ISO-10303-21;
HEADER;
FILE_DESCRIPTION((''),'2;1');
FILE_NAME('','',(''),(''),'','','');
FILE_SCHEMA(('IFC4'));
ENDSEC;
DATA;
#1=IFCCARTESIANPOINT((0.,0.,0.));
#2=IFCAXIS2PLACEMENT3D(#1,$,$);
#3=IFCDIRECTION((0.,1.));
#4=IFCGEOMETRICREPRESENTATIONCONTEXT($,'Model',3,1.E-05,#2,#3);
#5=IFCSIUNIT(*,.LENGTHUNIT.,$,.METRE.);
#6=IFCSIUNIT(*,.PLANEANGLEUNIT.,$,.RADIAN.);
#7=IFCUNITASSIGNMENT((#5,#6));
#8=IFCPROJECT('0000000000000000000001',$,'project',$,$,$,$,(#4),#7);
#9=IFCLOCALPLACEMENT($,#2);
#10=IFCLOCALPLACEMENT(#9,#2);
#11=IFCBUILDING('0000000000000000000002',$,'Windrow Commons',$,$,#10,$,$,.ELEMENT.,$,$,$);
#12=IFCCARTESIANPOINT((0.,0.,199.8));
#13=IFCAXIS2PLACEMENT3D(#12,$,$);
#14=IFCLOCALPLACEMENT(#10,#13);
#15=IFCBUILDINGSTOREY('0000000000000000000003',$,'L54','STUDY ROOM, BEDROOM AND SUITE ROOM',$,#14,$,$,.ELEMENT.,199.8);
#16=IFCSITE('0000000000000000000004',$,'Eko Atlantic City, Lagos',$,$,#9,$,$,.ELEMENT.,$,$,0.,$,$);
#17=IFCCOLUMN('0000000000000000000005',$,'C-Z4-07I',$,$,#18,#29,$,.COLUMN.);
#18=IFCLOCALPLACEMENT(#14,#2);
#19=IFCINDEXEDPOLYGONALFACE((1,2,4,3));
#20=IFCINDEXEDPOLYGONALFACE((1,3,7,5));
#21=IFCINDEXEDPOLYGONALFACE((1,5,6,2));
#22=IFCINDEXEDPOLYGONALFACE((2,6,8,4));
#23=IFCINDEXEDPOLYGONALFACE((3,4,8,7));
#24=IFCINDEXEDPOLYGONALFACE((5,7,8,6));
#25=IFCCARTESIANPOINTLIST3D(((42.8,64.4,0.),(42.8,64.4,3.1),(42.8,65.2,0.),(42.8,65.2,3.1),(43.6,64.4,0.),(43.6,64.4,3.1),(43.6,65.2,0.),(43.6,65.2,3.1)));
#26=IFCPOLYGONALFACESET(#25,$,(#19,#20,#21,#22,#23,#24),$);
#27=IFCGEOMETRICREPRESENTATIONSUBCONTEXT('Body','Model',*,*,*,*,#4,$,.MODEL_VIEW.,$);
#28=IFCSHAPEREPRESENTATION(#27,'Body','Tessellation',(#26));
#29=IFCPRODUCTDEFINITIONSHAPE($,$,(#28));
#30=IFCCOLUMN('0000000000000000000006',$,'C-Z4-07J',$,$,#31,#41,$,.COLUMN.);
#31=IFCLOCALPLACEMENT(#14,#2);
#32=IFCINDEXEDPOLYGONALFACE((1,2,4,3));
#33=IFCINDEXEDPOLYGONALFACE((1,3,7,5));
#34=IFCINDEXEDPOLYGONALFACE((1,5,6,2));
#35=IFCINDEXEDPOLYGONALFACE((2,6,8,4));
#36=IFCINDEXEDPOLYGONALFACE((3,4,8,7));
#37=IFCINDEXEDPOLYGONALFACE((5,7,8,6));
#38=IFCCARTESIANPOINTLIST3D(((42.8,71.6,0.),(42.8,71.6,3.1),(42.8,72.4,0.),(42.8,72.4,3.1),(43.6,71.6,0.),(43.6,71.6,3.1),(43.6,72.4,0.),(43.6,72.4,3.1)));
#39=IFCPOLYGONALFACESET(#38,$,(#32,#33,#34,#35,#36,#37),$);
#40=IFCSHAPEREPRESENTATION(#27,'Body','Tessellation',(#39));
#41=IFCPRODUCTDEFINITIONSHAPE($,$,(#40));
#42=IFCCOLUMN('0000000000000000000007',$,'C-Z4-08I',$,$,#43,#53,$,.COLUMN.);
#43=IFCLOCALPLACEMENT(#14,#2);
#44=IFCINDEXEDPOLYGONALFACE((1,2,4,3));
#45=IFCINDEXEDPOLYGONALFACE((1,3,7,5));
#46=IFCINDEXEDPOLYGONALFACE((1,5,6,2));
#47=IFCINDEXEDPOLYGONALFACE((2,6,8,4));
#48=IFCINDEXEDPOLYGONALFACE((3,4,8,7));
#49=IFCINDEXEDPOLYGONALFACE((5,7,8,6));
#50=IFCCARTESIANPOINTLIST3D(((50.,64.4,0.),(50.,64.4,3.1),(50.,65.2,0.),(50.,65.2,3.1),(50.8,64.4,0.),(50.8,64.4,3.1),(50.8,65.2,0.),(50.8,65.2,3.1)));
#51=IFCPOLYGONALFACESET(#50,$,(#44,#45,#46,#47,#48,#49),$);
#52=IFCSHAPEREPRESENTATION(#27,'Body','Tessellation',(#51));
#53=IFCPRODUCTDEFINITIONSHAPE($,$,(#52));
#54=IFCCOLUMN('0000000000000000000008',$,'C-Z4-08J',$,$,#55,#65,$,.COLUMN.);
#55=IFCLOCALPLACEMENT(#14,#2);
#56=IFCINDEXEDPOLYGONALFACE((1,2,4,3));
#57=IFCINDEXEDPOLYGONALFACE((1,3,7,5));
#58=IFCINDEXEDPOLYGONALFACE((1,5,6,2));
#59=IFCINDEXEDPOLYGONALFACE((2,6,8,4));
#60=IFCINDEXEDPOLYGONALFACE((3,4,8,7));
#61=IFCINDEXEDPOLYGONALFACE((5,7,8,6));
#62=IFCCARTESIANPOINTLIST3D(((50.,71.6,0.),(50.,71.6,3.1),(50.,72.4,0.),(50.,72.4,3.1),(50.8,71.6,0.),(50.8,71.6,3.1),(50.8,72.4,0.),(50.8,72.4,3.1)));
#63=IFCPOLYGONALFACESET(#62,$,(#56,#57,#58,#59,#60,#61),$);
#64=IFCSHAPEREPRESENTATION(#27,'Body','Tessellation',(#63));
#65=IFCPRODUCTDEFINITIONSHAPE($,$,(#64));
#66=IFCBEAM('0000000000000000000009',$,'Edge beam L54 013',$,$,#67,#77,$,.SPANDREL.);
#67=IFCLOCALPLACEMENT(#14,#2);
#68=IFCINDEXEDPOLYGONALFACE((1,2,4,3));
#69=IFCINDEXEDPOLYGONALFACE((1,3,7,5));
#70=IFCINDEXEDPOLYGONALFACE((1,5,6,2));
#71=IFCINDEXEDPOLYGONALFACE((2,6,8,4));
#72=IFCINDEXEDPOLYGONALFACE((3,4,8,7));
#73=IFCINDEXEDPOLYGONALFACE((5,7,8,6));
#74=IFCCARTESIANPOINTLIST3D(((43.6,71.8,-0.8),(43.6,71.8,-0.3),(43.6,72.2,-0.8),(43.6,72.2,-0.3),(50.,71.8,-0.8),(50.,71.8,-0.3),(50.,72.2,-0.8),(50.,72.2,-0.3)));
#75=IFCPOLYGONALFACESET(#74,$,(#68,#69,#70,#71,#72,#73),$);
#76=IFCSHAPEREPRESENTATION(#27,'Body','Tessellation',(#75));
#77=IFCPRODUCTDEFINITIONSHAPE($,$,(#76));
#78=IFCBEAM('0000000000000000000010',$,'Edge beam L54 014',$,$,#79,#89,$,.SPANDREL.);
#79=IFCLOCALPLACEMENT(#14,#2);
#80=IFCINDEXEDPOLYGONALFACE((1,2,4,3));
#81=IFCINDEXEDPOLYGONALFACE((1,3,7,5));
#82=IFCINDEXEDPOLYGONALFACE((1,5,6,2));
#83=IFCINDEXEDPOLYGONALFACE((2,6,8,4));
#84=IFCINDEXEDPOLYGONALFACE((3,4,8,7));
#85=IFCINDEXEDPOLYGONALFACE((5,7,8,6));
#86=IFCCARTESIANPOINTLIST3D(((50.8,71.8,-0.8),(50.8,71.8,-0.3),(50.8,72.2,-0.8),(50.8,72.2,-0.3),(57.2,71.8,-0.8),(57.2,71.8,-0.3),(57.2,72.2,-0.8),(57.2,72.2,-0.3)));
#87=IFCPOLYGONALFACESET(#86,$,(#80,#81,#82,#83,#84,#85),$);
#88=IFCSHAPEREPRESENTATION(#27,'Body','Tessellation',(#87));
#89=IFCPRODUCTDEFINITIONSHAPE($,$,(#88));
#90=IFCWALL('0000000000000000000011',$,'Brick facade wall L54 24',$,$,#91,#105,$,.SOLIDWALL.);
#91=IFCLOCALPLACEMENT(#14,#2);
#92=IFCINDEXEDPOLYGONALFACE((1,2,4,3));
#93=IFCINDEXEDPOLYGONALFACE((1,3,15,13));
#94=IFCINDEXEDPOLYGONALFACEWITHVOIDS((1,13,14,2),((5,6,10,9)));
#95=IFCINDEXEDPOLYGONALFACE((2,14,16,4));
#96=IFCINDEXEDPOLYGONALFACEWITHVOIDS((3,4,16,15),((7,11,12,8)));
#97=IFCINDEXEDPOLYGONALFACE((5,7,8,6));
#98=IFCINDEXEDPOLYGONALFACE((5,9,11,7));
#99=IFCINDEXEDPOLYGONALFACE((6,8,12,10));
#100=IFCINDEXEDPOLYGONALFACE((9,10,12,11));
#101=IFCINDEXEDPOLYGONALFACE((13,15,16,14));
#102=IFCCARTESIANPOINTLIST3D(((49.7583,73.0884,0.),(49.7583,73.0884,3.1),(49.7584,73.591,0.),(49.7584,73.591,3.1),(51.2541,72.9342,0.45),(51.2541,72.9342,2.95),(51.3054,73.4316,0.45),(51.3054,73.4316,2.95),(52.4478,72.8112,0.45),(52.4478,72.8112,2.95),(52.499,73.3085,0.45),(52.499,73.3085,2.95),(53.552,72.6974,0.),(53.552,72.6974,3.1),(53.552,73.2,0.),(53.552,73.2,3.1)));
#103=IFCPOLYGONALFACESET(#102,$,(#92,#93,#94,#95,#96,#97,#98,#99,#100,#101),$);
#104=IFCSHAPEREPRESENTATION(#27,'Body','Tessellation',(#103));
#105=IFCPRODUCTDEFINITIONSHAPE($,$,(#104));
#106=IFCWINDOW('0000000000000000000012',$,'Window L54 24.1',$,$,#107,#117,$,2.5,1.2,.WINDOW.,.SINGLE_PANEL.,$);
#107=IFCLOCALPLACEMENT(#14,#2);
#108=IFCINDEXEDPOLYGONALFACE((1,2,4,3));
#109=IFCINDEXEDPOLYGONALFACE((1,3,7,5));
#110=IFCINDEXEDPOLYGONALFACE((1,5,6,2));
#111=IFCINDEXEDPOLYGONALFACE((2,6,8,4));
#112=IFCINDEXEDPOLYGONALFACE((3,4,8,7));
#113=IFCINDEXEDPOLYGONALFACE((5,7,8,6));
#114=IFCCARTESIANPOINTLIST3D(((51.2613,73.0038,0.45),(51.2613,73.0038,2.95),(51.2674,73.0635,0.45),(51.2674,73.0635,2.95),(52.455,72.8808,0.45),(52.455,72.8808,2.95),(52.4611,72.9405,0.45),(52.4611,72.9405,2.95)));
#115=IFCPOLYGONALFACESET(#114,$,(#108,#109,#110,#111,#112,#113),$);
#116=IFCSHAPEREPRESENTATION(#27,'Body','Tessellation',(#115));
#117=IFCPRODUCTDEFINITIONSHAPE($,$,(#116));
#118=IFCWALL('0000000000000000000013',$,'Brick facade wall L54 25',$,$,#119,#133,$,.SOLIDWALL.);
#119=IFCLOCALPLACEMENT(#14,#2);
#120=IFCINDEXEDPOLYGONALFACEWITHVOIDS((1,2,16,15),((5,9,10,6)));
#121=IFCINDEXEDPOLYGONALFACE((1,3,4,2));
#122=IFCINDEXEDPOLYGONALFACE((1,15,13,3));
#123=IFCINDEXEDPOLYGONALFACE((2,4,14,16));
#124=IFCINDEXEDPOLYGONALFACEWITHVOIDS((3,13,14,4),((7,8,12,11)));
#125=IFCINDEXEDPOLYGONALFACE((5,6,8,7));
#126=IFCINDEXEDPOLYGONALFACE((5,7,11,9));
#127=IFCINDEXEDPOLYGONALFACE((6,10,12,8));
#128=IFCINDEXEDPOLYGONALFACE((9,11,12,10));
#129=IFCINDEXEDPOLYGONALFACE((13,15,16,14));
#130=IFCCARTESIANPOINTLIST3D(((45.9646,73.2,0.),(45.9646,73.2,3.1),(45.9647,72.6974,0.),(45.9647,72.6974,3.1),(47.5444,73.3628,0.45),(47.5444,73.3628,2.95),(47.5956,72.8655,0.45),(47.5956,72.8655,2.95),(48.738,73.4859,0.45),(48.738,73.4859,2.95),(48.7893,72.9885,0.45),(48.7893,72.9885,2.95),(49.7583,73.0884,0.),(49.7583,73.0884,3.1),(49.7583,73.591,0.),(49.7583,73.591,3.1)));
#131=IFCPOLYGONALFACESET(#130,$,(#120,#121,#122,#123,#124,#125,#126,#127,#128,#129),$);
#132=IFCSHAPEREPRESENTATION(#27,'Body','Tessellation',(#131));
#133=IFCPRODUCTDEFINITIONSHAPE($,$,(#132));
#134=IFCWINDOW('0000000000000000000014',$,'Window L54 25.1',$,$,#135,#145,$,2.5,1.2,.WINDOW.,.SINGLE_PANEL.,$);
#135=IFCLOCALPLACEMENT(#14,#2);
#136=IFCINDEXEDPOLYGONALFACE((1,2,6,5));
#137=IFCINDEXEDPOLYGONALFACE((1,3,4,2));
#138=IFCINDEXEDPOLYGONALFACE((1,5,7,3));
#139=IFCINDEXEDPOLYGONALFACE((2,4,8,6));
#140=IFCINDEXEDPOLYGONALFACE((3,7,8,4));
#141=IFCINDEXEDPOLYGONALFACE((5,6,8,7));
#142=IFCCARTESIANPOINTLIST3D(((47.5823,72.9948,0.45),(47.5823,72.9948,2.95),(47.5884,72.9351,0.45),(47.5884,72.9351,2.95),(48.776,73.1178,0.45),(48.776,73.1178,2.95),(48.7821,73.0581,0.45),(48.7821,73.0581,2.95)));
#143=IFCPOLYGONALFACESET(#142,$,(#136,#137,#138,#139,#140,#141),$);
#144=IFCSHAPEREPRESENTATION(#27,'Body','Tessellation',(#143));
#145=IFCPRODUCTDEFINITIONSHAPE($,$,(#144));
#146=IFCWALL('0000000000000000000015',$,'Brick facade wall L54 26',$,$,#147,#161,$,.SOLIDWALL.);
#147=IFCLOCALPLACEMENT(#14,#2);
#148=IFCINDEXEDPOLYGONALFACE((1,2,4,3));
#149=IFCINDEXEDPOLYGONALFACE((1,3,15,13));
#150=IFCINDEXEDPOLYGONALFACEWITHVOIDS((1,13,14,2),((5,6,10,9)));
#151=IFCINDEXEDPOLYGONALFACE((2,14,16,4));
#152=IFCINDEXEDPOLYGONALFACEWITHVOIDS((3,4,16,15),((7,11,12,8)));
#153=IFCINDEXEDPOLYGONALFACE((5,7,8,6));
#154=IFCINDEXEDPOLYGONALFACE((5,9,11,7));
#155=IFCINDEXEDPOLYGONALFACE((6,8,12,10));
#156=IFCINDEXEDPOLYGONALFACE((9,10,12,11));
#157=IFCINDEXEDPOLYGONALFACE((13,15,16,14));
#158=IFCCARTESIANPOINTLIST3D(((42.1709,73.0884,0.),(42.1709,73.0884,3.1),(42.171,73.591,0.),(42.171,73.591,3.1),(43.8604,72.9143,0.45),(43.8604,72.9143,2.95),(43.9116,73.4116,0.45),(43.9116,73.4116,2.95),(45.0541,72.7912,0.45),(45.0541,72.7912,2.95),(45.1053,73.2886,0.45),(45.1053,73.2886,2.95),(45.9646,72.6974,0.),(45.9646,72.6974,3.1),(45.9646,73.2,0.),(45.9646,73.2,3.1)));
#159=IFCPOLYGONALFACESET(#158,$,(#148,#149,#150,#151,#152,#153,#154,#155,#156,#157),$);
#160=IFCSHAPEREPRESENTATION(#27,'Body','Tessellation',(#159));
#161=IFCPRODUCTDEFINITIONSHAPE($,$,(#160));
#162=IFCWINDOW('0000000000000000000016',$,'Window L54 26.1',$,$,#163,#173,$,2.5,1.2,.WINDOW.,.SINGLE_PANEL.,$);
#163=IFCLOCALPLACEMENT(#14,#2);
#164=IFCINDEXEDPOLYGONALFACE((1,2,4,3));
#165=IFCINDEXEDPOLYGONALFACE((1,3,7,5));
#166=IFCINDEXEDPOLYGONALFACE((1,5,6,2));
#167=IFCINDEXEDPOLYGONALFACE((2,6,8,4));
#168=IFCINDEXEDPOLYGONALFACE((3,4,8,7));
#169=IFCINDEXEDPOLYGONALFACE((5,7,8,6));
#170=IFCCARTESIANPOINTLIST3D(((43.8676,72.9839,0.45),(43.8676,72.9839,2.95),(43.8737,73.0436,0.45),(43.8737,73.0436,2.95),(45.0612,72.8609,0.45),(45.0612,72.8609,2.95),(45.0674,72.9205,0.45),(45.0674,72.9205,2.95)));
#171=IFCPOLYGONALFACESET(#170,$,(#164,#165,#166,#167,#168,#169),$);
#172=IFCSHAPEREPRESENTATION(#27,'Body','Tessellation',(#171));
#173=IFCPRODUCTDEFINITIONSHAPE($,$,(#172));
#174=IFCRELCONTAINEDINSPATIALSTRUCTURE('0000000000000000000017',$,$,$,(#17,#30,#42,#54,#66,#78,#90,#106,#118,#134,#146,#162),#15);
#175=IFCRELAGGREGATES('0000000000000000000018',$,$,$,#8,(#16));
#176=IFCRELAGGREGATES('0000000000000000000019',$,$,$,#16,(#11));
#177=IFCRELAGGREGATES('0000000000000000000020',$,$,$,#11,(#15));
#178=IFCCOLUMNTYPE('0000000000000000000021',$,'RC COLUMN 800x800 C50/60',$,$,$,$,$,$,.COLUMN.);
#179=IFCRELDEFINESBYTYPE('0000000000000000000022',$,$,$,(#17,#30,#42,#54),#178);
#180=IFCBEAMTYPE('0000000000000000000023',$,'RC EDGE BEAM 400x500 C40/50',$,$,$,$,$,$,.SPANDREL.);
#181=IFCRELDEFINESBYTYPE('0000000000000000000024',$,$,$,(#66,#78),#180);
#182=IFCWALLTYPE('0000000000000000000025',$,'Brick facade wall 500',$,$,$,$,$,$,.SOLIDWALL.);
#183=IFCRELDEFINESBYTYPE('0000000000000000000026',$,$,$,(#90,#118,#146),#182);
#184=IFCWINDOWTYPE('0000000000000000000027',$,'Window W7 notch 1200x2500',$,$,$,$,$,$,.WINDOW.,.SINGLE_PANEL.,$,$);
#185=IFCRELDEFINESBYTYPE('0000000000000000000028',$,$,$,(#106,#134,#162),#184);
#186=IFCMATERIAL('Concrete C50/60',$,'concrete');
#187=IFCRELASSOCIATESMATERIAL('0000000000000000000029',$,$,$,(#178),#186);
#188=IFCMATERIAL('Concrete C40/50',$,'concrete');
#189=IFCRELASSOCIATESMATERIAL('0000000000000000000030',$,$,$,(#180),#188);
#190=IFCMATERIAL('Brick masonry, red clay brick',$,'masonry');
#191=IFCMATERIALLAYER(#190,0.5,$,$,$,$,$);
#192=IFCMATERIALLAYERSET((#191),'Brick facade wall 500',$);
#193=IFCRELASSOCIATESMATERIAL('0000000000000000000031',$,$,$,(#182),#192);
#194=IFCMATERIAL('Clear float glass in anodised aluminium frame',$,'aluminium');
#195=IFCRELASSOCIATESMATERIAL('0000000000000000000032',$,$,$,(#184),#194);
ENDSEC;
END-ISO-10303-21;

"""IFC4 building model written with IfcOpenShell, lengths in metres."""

from ifc_helpers import new_model, si_unit, direction, frame, frame_2d, origin, origin_2d, place, context, subcontext, project, spatial, polyline, rectangle, outline, extrude, material, layer, layer_set, material_profile, profile_set, type_object, element, fill, save


model = new_model("IFC4")

# Units and contexts
model_context = context("Model", 3, precision=1e-05, world=origin(), true_north=direction((0.0, 1.0)))
body_context = subcontext(model_context, "Body", "Model", "MODEL_VIEW")
ifc_project = project(units=[si_unit("LENGTHUNIT", "METRE"), si_unit("PLANEANGLEUNIT", "RADIAN")], contexts=[model_context])

# Site, building, storey
site_placement = place(None, origin())
site = spatial("IfcSite", under=ifc_project, at=site_placement, Name="Eko Atlantic City, Lagos", CompositionType="ELEMENT", RefElevation=0.0)
building_placement = place(site_placement, origin())
building = spatial("IfcBuilding", under=site, at=building_placement, Name="Windrow Commons", CompositionType="ELEMENT")
storey_placement = place(building_placement, frame((0.0, 0.0, 199.8)))
storey = spatial("IfcBuildingStorey", under=building, at=storey_placement, Name="L54", Description="STUDY ROOM, BEDROOM AND SUITE ROOM", CompositionType="ELEMENT", Elevation=199.8)

# Columns
ifc_material_1 = material(Name="Concrete C50/60", Category="concrete")
ifc_material_profile_1 = material_profile(ifc_material_1, rectangle(XDim=0.8, YDim=0.8, at=origin_2d()))
ifc_profile_set_1 = profile_set([ifc_material_profile_1], Name="Concrete C50/60")
column_type = type_object("IfcColumnType", Name="RC COLUMN 800x800 C50/60", PredefinedType="COLUMN", material=ifc_profile_set_1)
for number, where, z_axis, x_axis, name in (
    (1, (43.2, 64.8, 0.0), (0.0, 0.0, 1.0), (1.0, 0.0, 0.0), "C-Z4-07I"),
    (2, (43.2, 72.0, 0.0), (0.0, 0.0, 1.0), (1.0, 0.0, 0.0), "C-Z4-07J"),
    (3, (50.4, 64.8, 0.0), (0.0, 0.0, 1.0), (1.0, 0.0, 0.0), "C-Z4-08I"),
    (4, (50.4, 72.0, 0.0), (0.0, 0.0, 1.0), (1.0, 0.0, 0.0), "C-Z4-08J"),
):
    element("IfcColumn", number, at=place(storey_placement, frame(where, z_axis=z_axis, x_axis=x_axis)), inside=storey, type_object=column_type, Name=name, PredefinedType="COLUMN", context=body_context, shape_type="SweptSolid", body=[
        extrude(rectangle(XDim=0.8, YDim=0.8, at=origin_2d()), origin(), (0.0, 0.0, 1.0), 3.1),
    ])

# Beams
ifc_material_2 = material(Name="Concrete C40/50", Category="concrete")
ifc_material_profile_2 = material_profile(ifc_material_2, rectangle(XDim=0.4, YDim=0.5, at=origin_2d()))
ifc_profile_set_2 = profile_set([ifc_material_profile_2], Name="Concrete C40/50")
beam_type = type_object("IfcBeamType", Name="RC EDGE BEAM 400x500 C40/50", PredefinedType="SPANDREL", material=ifc_profile_set_2)
for number, where, z_axis, x_axis, name in (
    (5, (43.6, 72.0, -0.55), (1.0, 0.0, 0.0), (0.0, 1.0, 0.0), "Edge beam L54 013"),
    (6, (50.8, 72.0, -0.55), (1.0, 0.0, 0.0), (0.0, 1.0, 0.0), "Edge beam L54 014"),
):
    element("IfcBeam", number, at=place(storey_placement, frame(where, z_axis=z_axis, x_axis=x_axis)), inside=storey, type_object=beam_type, Name=name, PredefinedType="SPANDREL", context=body_context, shape_type="SweptSolid", body=[
        extrude(rectangle(XDim=0.4, YDim=0.5, at=origin_2d()), origin(), (0.0, 0.0, 1.0), 6.4),
    ])

# Walls, openings, windows
ifc_material_3 = material(Name="Brick masonry, red clay brick", Category="masonry")
ifc_layer_1 = layer(ifc_material_3, 0.5)
ifc_layer_set_1 = layer_set([ifc_layer_1], Name="Brick facade wall 500")
wall_type_1 = type_object("IfcWallType", Name="Brick facade wall 500", PredefinedType="SOLIDWALL", material=ifc_layer_set_1)
wall_1_placement = place(storey_placement, frame((53.552, 72.9487, 0.0), z_axis=(0.0, 0.0, 1.0), x_axis=(-0.994731, 0.102523, 0.0)))
wall_1 = element("IfcWall", 7, at=wall_1_placement, inside=storey, type_object=wall_type_1, Name="Brick facade wall L54 24", PredefinedType="SOLIDWALL", context=body_context, shape_type="SweptSolid", body=[
    extrude(outline(polyline([(0.0258, -0.25), (3.8395, -0.25), (3.788, 0.25), (-0.0258, 0.25), (0.0258, -0.25)])), origin(), (0.0, 0.0, 1.0), 3.1),
])
opening_1_placement = place(wall_1_placement, frame((1.0843, 0.0, 0.45)))
opening_1 = element("IfcOpeningElement", 8, at=opening_1_placement, cuts=wall_1, PredefinedType="OPENING", context=body_context, shape_type="SweptSolid", body=[
    extrude(rectangle(XDim=1.2, YDim=2.5, at=frame_2d((0.6, 1.25))), frame((0.0, 0.26, 0.0), z_axis=(0.0, -1.0, 0.0), x_axis=(1.0, 0.0, 0.0)), (0.0, 0.0, 1.0), 0.52),
])
ifc_material_4 = material(Name="Clear float glass in anodised aluminium frame", Category="aluminium")
window_type = type_object("IfcWindowType", Name="Window W7 notch 1200x2500", PartitioningType="SINGLE_PANEL", PredefinedType="WINDOW", material=ifc_material_4)
window_1_placement = place(opening_1_placement, origin())
window_1 = element("IfcWindow", 9, at=window_1_placement, inside=storey, type_object=window_type, Name="Window L54 24.1", OverallHeight=2.5, OverallWidth=1.2, PartitioningType="SINGLE_PANEL", PredefinedType="WINDOW", context=body_context, shape_type="SweptSolid", body=[
    extrude(rectangle(XDim=1.2, YDim=2.5, at=frame_2d((0.6, 1.25))), frame((0.0, 0.18, 0.0), z_axis=(0.0, -1.0, 0.0), x_axis=(1.0, 0.0, 0.0)), (0.0, 0.0, 1.0), 0.06),
])
fill(opening_1, window_1)
wall_2_placement = place(storey_placement, frame((49.7583, 73.3397, 0.0), z_axis=(0.0, 0.0, 1.0), x_axis=(-0.994731, -0.102523, 0.0)))
wall_2 = element("IfcWall", 10, at=wall_2_placement, inside=storey, type_object=wall_type_1, Name="Brick facade wall L54 25", PredefinedType="SOLIDWALL", context=body_context, shape_type="SweptSolid", body=[
    extrude(outline(polyline([(-0.0258, -0.25), (3.788, -0.25), (3.8395, 0.25), (0.0258, 0.25), (-0.0258, -0.25)])), origin(), (0.0, 0.0, 1.0), 3.1),
])
opening_2_placement = place(wall_2_placement, frame((0.9999, 0.0, 0.45)))
opening_2 = element("IfcOpeningElement", 11, at=opening_2_placement, cuts=wall_2, PredefinedType="OPENING", context=body_context, shape_type="SweptSolid", body=[
    extrude(rectangle(XDim=1.2, YDim=2.5, at=frame_2d((0.6, 1.25))), frame((0.0, 0.26, 0.0), z_axis=(0.0, -1.0, 0.0), x_axis=(1.0, 0.0, 0.0)), (0.0, 0.0, 1.0), 0.52),
])
window_2_placement = place(opening_2_placement, origin())
window_2 = element("IfcWindow", 12, at=window_2_placement, inside=storey, type_object=window_type, Name="Window L54 25.1", OverallHeight=2.5, OverallWidth=1.2, PartitioningType="SINGLE_PANEL", PredefinedType="WINDOW", context=body_context, shape_type="SweptSolid", body=[
    extrude(rectangle(XDim=1.2, YDim=2.5, at=frame_2d((0.6, 1.25))), frame((0.0, 0.18, 0.0), z_axis=(0.0, -1.0, 0.0), x_axis=(1.0, 0.0, 0.0)), (0.0, 0.0, 1.0), 0.06),
])
fill(opening_2, window_2)
wall_3_placement = place(storey_placement, frame((45.9646, 72.9487, 0.0), z_axis=(0.0, 0.0, 1.0), x_axis=(-0.99473, 0.102525, 0.0)))
wall_3 = element("IfcWall", 13, at=wall_3_placement, inside=storey, type_object=wall_type_1, Name="Brick facade wall L54 26", PredefinedType="SOLIDWALL", context=body_context, shape_type="SweptSolid", body=[
    extrude(outline(polyline([(0.0258, -0.25), (3.8395, -0.25), (3.788, 0.25), (-0.0258, 0.25), (0.0258, -0.25)])), origin(), (0.0, 0.0, 1.0), 3.1),
])
opening_3_placement = place(wall_3_placement, frame((0.8896, 0.0, 0.45)))
opening_3 = element("IfcOpeningElement", 14, at=opening_3_placement, cuts=wall_3, PredefinedType="OPENING", context=body_context, shape_type="SweptSolid", body=[
    extrude(rectangle(XDim=1.2, YDim=2.5, at=frame_2d((0.6, 1.25))), frame((0.0, 0.26, 0.0), z_axis=(0.0, -1.0, 0.0), x_axis=(1.0, 0.0, 0.0)), (0.0, 0.0, 1.0), 0.52),
])
window_3_placement = place(opening_3_placement, origin())
window_3 = element("IfcWindow", 15, at=window_3_placement, inside=storey, type_object=window_type, Name="Window L54 26.1", OverallHeight=2.5, OverallWidth=1.2, PartitioningType="SINGLE_PANEL", PredefinedType="WINDOW", context=body_context, shape_type="SweptSolid", body=[
    extrude(rectangle(XDim=1.2, YDim=2.5, at=frame_2d((0.6, 1.25))), frame((0.0, 0.18, 0.0), z_axis=(0.0, -1.0, 0.0), x_axis=(1.0, 0.0, 0.0)), (0.0, 0.0, 1.0), 0.06),
])
fill(opening_3, window_3)

save(model, "model.ifc")
